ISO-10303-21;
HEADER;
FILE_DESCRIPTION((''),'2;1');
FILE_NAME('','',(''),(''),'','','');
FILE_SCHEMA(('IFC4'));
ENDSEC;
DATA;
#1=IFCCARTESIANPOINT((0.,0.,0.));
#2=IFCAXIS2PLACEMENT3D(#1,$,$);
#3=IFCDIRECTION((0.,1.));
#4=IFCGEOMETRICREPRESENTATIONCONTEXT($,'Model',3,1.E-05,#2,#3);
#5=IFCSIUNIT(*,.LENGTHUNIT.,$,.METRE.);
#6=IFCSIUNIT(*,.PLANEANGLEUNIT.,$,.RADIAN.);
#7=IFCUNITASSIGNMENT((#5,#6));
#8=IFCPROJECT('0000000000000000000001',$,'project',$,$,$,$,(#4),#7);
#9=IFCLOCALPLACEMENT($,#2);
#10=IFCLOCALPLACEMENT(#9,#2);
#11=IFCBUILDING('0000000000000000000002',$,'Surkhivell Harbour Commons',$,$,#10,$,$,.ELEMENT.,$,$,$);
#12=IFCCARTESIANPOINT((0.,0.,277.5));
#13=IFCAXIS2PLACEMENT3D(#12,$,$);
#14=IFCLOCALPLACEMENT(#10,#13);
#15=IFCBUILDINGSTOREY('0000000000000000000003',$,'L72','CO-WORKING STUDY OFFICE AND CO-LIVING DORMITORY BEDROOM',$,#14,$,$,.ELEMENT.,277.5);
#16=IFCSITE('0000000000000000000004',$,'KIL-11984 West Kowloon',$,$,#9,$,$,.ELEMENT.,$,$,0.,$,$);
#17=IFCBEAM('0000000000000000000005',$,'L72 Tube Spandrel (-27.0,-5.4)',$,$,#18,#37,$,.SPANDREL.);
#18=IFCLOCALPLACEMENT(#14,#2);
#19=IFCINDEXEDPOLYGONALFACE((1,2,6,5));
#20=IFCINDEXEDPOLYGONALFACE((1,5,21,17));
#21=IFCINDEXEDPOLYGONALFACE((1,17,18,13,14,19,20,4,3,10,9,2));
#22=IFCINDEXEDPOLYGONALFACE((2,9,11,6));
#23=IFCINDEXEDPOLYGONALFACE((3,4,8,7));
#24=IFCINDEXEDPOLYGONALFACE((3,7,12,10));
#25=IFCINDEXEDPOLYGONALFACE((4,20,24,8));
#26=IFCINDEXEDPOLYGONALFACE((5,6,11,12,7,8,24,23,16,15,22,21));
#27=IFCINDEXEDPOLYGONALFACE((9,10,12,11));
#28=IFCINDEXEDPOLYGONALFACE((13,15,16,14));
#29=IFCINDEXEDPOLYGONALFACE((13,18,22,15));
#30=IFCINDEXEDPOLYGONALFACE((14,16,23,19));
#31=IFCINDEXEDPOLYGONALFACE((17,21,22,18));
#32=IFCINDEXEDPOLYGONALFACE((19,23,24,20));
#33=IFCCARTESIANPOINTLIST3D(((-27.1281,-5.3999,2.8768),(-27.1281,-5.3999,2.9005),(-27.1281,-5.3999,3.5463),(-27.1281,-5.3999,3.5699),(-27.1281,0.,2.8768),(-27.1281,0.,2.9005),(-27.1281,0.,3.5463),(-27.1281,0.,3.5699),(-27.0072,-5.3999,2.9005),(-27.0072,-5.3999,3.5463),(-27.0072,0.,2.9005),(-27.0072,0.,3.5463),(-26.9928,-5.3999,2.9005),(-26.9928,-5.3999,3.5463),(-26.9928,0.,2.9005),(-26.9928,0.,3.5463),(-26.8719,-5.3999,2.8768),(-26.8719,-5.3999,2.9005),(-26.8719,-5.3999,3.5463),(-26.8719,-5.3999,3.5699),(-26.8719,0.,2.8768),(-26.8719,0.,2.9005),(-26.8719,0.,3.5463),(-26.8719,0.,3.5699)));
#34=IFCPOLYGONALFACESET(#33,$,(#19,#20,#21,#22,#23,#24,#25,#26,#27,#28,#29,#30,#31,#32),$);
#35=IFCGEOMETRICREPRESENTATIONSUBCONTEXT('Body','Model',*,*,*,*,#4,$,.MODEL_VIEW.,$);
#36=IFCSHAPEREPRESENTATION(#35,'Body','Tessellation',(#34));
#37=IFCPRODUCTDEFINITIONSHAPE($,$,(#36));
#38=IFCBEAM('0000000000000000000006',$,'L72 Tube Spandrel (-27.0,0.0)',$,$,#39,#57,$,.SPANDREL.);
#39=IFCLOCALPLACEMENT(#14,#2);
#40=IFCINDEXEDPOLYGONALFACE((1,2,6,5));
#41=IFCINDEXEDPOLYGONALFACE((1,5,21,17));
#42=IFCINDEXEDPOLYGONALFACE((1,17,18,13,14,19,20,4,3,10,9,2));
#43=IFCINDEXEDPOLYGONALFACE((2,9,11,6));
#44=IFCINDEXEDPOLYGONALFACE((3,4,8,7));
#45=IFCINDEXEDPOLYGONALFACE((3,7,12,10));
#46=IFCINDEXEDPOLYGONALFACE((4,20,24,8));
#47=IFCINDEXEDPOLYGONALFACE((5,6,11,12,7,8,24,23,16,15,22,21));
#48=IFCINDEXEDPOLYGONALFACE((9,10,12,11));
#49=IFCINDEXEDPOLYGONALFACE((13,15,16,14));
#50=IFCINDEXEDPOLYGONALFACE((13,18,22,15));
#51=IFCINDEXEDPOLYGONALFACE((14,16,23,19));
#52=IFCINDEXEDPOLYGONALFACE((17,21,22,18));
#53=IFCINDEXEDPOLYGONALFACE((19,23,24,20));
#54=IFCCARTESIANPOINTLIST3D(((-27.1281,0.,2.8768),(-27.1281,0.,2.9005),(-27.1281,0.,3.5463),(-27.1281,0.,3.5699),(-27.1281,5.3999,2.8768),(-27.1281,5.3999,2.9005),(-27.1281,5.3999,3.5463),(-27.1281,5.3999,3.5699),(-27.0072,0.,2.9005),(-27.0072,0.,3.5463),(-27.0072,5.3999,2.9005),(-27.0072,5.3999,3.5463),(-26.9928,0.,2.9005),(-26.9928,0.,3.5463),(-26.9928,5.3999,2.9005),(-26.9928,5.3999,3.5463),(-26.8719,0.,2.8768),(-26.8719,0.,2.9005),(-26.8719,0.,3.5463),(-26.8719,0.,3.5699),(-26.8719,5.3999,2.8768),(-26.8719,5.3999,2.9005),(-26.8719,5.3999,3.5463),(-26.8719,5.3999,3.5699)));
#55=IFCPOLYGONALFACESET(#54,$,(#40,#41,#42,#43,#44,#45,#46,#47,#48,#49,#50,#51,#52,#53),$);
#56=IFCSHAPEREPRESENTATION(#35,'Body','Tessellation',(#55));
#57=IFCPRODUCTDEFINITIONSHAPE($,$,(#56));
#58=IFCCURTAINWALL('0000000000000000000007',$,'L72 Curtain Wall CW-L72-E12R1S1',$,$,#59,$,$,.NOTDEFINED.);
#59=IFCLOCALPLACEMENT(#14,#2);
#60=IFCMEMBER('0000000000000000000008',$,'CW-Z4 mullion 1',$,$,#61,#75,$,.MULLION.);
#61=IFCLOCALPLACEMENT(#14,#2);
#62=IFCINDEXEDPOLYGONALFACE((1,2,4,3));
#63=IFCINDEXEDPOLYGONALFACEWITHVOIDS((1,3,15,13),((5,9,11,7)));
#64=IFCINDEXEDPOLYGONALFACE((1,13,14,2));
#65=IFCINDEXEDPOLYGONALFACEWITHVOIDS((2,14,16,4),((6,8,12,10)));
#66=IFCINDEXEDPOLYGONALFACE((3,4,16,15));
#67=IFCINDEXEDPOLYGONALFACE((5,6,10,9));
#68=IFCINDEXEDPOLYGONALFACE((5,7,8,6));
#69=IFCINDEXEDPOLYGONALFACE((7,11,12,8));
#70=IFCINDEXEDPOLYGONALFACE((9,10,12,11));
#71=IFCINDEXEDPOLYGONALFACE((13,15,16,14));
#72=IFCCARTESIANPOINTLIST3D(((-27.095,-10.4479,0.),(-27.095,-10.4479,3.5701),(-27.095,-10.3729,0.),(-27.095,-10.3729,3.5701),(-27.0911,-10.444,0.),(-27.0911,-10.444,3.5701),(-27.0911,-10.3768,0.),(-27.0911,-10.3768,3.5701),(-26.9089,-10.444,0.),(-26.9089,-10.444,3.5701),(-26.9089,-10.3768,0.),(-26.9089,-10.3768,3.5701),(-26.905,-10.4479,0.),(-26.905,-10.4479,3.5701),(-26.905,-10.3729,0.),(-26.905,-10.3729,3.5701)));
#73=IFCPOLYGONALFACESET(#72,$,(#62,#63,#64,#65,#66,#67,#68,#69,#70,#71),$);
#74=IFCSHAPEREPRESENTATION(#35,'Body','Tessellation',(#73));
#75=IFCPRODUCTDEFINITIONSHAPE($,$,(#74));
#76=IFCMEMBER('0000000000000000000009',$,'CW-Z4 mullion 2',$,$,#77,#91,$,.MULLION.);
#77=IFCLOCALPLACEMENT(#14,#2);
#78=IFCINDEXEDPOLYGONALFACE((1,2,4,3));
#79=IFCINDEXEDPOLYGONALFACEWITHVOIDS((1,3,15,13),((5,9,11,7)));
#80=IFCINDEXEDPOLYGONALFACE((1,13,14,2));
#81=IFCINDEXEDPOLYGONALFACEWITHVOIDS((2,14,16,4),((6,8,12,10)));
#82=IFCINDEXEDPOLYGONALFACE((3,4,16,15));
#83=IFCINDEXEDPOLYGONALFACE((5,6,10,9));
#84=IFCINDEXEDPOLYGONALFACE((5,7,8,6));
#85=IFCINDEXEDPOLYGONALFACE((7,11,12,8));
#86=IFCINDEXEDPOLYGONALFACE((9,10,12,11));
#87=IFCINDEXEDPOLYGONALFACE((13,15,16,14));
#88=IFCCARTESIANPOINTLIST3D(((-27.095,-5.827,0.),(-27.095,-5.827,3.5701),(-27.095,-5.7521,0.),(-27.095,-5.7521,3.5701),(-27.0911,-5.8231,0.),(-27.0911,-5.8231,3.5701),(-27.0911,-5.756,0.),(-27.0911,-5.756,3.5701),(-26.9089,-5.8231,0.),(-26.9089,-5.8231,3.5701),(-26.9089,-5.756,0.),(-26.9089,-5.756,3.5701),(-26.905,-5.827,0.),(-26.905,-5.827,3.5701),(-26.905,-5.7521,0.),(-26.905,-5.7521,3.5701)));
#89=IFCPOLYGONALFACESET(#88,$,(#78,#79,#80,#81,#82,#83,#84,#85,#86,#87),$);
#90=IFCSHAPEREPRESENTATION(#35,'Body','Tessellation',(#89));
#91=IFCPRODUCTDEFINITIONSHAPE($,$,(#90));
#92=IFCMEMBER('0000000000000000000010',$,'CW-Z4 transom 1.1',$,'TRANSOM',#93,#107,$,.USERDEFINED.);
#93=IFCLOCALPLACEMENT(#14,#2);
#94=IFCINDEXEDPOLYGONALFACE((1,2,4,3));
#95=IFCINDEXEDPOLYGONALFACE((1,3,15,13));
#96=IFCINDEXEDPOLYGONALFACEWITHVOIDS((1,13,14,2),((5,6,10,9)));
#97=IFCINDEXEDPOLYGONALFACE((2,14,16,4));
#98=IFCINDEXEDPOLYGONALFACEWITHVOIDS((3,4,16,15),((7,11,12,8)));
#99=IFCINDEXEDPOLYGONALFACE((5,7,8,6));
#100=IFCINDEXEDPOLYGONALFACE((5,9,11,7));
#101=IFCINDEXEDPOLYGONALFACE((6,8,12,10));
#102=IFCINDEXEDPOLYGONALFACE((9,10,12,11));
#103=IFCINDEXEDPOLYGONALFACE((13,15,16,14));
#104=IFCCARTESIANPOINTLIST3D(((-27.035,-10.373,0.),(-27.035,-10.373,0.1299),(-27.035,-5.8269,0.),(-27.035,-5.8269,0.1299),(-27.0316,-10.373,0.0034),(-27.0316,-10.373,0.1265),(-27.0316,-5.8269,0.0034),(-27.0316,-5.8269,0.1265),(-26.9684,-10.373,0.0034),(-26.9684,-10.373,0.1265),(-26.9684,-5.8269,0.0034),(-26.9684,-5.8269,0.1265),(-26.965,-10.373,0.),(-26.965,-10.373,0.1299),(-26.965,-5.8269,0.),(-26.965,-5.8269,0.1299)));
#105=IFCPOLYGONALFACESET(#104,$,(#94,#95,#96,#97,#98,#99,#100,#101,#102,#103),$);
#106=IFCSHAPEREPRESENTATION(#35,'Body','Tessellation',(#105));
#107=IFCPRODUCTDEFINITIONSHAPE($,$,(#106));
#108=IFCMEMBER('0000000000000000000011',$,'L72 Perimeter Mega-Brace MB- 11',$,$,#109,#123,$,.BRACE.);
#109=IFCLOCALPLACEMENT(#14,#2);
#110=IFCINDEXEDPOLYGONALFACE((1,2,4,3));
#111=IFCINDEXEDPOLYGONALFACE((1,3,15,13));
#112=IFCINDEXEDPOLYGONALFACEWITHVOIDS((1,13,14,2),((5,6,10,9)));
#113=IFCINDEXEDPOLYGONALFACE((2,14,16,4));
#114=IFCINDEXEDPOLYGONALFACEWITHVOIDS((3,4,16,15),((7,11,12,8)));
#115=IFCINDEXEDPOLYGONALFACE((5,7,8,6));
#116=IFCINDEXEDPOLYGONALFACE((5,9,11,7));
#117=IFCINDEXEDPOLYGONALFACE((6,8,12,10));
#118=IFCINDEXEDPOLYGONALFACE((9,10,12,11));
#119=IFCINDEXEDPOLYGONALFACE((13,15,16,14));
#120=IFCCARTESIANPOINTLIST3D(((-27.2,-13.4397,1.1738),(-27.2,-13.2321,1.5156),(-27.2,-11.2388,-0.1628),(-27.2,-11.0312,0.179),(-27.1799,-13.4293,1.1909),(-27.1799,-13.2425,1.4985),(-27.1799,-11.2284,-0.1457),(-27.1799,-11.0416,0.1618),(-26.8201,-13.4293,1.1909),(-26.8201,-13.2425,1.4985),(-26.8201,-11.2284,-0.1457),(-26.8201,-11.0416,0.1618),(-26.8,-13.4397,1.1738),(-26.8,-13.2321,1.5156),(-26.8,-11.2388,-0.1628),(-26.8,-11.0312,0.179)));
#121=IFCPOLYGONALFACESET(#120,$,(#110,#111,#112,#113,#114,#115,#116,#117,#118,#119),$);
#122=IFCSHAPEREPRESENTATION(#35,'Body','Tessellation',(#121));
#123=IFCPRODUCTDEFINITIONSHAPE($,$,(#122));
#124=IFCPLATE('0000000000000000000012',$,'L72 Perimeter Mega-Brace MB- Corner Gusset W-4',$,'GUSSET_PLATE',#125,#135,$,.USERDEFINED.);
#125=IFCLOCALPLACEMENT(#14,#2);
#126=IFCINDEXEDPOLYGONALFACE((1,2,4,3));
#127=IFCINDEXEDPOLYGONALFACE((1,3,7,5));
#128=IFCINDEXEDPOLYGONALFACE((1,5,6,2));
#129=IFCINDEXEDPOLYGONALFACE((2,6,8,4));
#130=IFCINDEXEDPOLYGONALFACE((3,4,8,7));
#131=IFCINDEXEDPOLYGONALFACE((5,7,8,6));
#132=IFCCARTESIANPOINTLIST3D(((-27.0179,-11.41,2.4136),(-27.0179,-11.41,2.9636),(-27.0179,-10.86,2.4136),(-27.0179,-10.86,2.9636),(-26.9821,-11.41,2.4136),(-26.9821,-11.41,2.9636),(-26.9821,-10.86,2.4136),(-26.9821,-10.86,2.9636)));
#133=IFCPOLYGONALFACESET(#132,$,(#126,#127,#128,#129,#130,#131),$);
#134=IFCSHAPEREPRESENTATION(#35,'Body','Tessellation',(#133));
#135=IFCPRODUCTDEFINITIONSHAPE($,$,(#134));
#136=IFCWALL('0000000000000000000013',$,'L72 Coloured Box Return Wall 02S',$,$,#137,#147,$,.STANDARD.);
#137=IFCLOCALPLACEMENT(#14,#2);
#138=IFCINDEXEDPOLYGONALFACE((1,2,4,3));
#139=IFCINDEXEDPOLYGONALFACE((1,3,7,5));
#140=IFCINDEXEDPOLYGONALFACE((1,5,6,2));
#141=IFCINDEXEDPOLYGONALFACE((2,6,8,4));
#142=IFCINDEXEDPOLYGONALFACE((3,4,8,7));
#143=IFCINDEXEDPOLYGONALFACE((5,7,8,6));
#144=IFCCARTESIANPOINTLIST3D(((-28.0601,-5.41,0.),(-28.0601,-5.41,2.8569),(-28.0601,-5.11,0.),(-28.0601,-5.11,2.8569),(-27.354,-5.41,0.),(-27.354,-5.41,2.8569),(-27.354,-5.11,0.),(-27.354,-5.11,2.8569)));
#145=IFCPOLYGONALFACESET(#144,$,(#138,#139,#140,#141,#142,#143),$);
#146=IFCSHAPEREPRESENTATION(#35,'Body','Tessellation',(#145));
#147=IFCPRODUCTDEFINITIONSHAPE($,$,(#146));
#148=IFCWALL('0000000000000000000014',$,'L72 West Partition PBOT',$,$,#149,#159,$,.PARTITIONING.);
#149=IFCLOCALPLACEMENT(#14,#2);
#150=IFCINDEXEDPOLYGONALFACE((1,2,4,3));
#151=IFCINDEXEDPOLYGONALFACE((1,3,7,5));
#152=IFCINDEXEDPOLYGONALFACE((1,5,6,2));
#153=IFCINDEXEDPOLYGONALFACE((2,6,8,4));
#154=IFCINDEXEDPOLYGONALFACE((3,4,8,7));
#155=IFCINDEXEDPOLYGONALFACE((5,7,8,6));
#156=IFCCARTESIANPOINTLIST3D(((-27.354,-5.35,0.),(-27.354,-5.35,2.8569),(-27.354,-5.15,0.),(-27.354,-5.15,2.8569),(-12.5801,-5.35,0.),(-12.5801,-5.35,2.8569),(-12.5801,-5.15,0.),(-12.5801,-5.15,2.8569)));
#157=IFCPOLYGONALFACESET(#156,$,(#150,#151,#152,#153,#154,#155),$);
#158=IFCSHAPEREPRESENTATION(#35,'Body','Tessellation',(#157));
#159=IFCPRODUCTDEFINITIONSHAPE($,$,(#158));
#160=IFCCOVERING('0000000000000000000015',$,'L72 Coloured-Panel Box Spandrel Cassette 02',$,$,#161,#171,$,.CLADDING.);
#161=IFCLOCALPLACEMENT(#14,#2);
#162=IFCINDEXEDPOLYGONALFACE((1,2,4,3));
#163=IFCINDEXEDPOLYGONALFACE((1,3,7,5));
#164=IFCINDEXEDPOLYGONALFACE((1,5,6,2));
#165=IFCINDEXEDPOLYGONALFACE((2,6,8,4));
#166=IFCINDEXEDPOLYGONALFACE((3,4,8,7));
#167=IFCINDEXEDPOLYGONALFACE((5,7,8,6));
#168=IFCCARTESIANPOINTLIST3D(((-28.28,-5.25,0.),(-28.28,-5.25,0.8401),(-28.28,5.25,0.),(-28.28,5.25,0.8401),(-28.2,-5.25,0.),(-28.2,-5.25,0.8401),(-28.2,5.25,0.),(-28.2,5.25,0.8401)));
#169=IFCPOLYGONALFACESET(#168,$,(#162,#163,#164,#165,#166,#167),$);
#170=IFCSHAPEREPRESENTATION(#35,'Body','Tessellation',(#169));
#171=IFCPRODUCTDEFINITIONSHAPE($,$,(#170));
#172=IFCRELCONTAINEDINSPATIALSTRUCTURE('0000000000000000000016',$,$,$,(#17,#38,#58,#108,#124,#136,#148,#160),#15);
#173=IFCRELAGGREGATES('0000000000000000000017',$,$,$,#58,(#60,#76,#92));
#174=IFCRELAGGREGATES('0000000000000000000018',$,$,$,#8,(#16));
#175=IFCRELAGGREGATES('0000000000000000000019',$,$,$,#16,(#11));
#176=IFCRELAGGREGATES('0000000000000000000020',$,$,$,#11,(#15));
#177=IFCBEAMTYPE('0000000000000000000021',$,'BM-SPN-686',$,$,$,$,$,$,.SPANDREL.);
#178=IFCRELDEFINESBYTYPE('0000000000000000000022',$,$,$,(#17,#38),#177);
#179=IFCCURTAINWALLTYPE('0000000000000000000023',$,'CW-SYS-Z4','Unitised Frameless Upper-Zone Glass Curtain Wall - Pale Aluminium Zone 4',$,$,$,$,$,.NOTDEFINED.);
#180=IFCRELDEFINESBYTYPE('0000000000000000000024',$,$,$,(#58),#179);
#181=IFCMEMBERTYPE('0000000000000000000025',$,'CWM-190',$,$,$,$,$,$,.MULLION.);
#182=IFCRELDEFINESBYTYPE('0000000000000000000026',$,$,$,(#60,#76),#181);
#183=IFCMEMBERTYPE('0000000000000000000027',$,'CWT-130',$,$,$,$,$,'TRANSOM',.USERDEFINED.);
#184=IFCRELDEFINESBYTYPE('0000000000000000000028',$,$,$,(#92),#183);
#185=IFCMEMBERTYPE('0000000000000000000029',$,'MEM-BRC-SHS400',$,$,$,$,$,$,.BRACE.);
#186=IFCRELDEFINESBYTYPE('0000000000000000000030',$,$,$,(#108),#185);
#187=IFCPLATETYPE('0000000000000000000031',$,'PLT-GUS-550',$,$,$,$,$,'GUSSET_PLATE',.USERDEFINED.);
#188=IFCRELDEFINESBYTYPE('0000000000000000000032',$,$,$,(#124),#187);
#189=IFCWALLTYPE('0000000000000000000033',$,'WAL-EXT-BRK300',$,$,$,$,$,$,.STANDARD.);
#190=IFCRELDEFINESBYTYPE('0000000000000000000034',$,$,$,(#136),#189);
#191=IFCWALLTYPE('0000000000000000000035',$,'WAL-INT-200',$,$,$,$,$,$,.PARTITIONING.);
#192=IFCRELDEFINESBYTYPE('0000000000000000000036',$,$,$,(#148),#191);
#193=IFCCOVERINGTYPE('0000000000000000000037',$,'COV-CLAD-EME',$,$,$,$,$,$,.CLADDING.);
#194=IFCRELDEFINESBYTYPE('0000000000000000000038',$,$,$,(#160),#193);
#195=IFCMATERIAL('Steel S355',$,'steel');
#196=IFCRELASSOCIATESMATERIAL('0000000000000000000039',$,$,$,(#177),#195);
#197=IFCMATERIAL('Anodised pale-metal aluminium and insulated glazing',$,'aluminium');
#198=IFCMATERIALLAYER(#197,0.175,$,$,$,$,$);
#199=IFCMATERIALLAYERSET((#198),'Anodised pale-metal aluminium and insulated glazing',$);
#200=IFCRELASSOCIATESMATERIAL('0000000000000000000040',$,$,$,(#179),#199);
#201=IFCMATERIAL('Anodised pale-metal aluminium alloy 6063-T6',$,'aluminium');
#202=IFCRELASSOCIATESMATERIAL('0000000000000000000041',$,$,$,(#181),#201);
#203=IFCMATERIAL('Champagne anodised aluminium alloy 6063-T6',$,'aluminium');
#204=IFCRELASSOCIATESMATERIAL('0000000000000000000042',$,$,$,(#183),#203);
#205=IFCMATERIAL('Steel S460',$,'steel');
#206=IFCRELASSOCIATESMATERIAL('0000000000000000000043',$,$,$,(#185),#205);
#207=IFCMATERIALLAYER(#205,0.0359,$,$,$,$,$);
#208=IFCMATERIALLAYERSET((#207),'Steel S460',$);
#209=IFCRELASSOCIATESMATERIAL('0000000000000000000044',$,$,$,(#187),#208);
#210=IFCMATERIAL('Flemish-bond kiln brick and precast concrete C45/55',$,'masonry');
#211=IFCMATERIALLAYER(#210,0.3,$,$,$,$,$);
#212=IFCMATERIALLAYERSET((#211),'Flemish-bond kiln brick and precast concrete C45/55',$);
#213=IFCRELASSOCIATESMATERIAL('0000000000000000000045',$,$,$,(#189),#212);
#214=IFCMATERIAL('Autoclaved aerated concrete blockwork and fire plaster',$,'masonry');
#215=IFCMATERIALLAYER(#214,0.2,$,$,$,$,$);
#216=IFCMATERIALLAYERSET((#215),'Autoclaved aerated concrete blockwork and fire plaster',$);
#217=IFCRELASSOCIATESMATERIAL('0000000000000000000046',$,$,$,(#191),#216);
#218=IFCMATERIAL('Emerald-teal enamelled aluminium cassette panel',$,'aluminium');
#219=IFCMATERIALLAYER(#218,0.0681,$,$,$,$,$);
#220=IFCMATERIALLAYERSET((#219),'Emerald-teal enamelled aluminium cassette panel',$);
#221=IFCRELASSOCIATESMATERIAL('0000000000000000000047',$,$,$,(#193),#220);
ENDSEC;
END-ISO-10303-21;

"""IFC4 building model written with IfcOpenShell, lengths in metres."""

from ifc_helpers import new_model, si_unit, direction, frame, frame_2d, origin, origin_2d, place, context, subcontext, project, spatial, rectangle, hollow_rectangle, i_section, extrude, material, layer, layer_set, material_profile, profile_set, type_object, element, aggregate, save


model = new_model("IFC4")

# Units and contexts
model_context = context("Model", 3, precision=1e-05, world=origin(), true_north=direction((0.0, 1.0)))
body_context = subcontext(model_context, "Body", "Model", "MODEL_VIEW")
ifc_project = project(units=[si_unit("LENGTHUNIT", "METRE"), si_unit("PLANEANGLEUNIT", "RADIAN")], contexts=[model_context])

# Site, building, storey
site_placement = place(None, origin())
site = spatial("IfcSite", under=ifc_project, at=site_placement, Name="KIL-11984 West Kowloon", CompositionType="ELEMENT", RefElevation=0.0)
building_placement = place(site_placement, origin())
building = spatial("IfcBuilding", under=site, at=building_placement, Name="Surkhivell Harbour Commons", CompositionType="ELEMENT")
storey_placement = place(building_placement, frame((0.0, 0.0, 277.5)))
storey = spatial("IfcBuildingStorey", under=building, at=storey_placement, Name="L72", Description="CO-WORKING STUDY OFFICE AND CO-LIVING DORMITORY BEDROOM", CompositionType="ELEMENT", Elevation=277.5)

# Beams
ifc_material_1 = material(Name="Steel S460", Category="steel")
ifc_material_2 = material(Name="Steel S355", Category="steel")
ifc_material_profile_1 = material_profile(ifc_material_2, i_section(OverallWidth=0.2561, OverallDepth=0.6931, WebThickness=0.0144, FlangeThickness=0.0237, at=origin_2d()), Name="UB686x254x170")
ifc_profile_set_1 = profile_set([ifc_material_profile_1], Name="Steel S355")
beam_type_1 = type_object("IfcBeamType", Name="BM-SPN-686", PredefinedType="SPANDREL", material=ifc_profile_set_1)
for number, where, z_axis, x_axis, name in (
    (1, (-27.0, -5.3999, 3.2234), (0.0, 1.0, 0.0), (-1.0, 0.0, 0.0), "L72 Tube Spandrel (-27.0,-5.4)"),
    (2, (-27.0, 0.0, 3.2234), (0.0, 1.0, 0.0), (-1.0, 0.0, 0.0), "L72 Tube Spandrel (-27.0,0.0)"),
):
    element("IfcBeam", number, at=place(storey_placement, frame(where, z_axis=z_axis, x_axis=x_axis)), inside=storey, type_object=beam_type_1, Name=name, PredefinedType="SPANDREL", context=body_context, shape_type="SweptSolid", body=[
        extrude(i_section(OverallWidth=0.2561, OverallDepth=0.6931, WebThickness=0.0144, FlangeThickness=0.0237, at=origin_2d()), origin(), (0.0, 0.0, 1.0), 5.3999),
    ])

# Curtain wall, members
ifc_material_3 = material(Name="Anodised pale-metal aluminium and insulated glazing", Category="aluminium")
ifc_layer_1 = layer(ifc_material_3, 0.175)
ifc_layer_set_1 = layer_set([ifc_layer_1], Name="Anodised pale-metal aluminium and insulated glazing")
curtain_wall_type = type_object("IfcCurtainWallType", Name="CW-SYS-Z4", Description="Unitised Frameless Upper-Zone Glass Curtain Wall - Pale Aluminium Zone 4", PredefinedType="NOTDEFINED", material=ifc_layer_set_1)
curtain_wall_placement = place(storey_placement, origin())
curtain_wall = element("IfcCurtainWall", 3, at=curtain_wall_placement, inside=storey, type_object=curtain_wall_type, Name="L72 Curtain Wall CW-L72-E12R1S1", PredefinedType="NOTDEFINED")
ifc_material_4 = material(Name="Anodised pale-metal aluminium alloy 6063-T6", Category="aluminium")
ifc_material_profile_2 = material_profile(ifc_material_4, hollow_rectangle(XDim=0.075, YDim=0.1899, WallThickness=0.0039, at=origin_2d()), Name="ALU-MULL-75x190")
ifc_profile_set_2 = profile_set([ifc_material_profile_2], Name="Anodised pale-metal aluminium alloy 6063-T6")
member_type_1 = type_object("IfcMemberType", Name="CWM-190", PredefinedType="MULLION", material=ifc_profile_set_2)
member_1_placement = place(storey_placement, frame((-27.0, -10.4104, 0.0), z_axis=(0.0, 0.0, 1.0), x_axis=(0.0, 1.0, 0.0)))
member_1 = element("IfcMember", 4, at=member_1_placement, type_object=member_type_1, Name="CW-Z4 mullion 1", PredefinedType="MULLION", context=body_context, shape_type="SweptSolid", body=[
    extrude(hollow_rectangle(XDim=0.075, YDim=0.1899, WallThickness=0.0039, at=origin_2d()), origin(), (0.0, 0.0, 1.0), 3.5701),
])
member_2_placement = place(storey_placement, frame((-27.0, -5.7896, 0.0), z_axis=(0.0, 0.0, 1.0), x_axis=(0.0, 1.0, 0.0)))
member_2 = element("IfcMember", 5, at=member_2_placement, type_object=member_type_1, Name="CW-Z4 mullion 2", PredefinedType="MULLION", context=body_context, shape_type="SweptSolid", body=[
    extrude(hollow_rectangle(XDim=0.075, YDim=0.1899, WallThickness=0.0039, at=origin_2d()), origin(), (0.0, 0.0, 1.0), 3.5701),
])
ifc_material_5 = material(Name="Champagne anodised aluminium alloy 6063-T6", Category="aluminium")
ifc_material_profile_3 = material_profile(ifc_material_5, hollow_rectangle(XDim=0.0701, YDim=0.1299, WallThickness=0.0034, at=origin_2d()), Name="ALU-TRAN-70x130")
ifc_profile_set_3 = profile_set([ifc_material_profile_3], Name="Champagne anodised aluminium alloy 6063-T6")
member_type_2 = type_object("IfcMemberType", Name="CWT-130", ElementType="TRANSOM", PredefinedType="USERDEFINED", material=ifc_profile_set_3)
member_3_placement = place(storey_placement, frame((-27.0, -10.373, 0.0649), z_axis=(0.0, 1.0, 0.0), x_axis=(-1.0, 0.0, 0.0)))
member_3 = element("IfcMember", 6, at=member_3_placement, type_object=member_type_2, Name="CW-Z4 transom 1.1", ObjectType="TRANSOM", PredefinedType="USERDEFINED", context=body_context, shape_type="SweptSolid", body=[
    extrude(hollow_rectangle(XDim=0.0701, YDim=0.1299, WallThickness=0.0034, at=origin_2d()), origin(), (0.0, 0.0, 1.0), 4.5461),
])

# Member
ifc_material_profile_4 = material_profile(ifc_material_1, hollow_rectangle(XDim=0.3999, YDim=0.3999, WallThickness=0.02, at=origin_2d()), Name="SHS400x400x20")
ifc_profile_set_4 = profile_set([ifc_material_profile_4], Name="Steel S460")
member_type_3 = type_object("IfcMemberType", Name="MEM-BRC-SHS400", PredefinedType="BRACE", material=ifc_profile_set_4)
member_4_placement = place(storey_placement, frame((-27.0, -11.135, 0.0081), z_axis=(0.0, -0.85472, 0.519089), x_axis=(1.0, 0.0, 0.0)))
element("IfcMember", 7, at=member_4_placement, inside=storey, type_object=member_type_3, Name="L72 Perimeter Mega-Brace MB- 11", PredefinedType="BRACE", context=body_context, shape_type="SweptSolid", body=[
    extrude(hollow_rectangle(XDim=0.3999, YDim=0.3999, WallThickness=0.02, at=origin_2d()), origin(), (0.0, 0.0, 1.0), 2.575),
])

# Plate
aggregate(curtain_wall, [member_1, member_2, member_3])
ifc_layer_2 = layer(ifc_material_1, 0.0359)
ifc_layer_set_2 = layer_set([ifc_layer_2], Name="Steel S460")
plate_type_1 = type_object("IfcPlateType", Name="PLT-GUS-550", ElementType="GUSSET_PLATE", PredefinedType="USERDEFINED", material=ifc_layer_set_2)
plate_1_placement = place(storey_placement, frame((-27.0, -11.135, 2.4136), z_axis=(0.0, 0.0, 1.0), x_axis=(0.0, 1.0, 0.0)))
element("IfcPlate", 8, at=plate_1_placement, inside=storey, type_object=plate_type_1, Name="L72 Perimeter Mega-Brace MB- Corner Gusset W-4", ObjectType="GUSSET_PLATE", PredefinedType="USERDEFINED", context=body_context, shape_type="SweptSolid", body=[
    extrude(rectangle(XDim=0.55, YDim=0.0359, at=origin_2d()), origin(), (0.0, 0.0, 1.0), 0.55),
])

# Walls
ifc_material_6 = material(Name="Flemish-bond kiln brick and precast concrete C45/55", Category="masonry")
ifc_layer_3 = layer(ifc_material_6, 0.3)
ifc_layer_set_3 = layer_set([ifc_layer_3], Name="Flemish-bond kiln brick and precast concrete C45/55")
wall_type_1 = type_object("IfcWallType", Name="WAL-EXT-BRK300", PredefinedType="STANDARD", material=ifc_layer_set_3)
wall_1_placement = place(storey_placement, frame((-28.0601, -5.26, 0.0), z_axis=(0.0, 0.0, 1.0), x_axis=(1.0, 0.0, 0.0)))
element("IfcWall", 9, at=wall_1_placement, inside=storey, type_object=wall_type_1, Name="L72 Coloured Box Return Wall 02S", PredefinedType="STANDARD", context=body_context, shape_type="SweptSolid", body=[
    extrude(rectangle(XDim=0.7061, YDim=0.3, at=frame_2d((0.353, 0.0))), origin(), (0.0, 0.0, 1.0), 2.8569),
])
ifc_material_7 = material(Name="Autoclaved aerated concrete blockwork and fire plaster", Category="masonry")
ifc_layer_4 = layer(ifc_material_7, 0.2)
ifc_layer_set_4 = layer_set([ifc_layer_4], Name="Autoclaved aerated concrete blockwork and fire plaster")
wall_type_2 = type_object("IfcWallType", Name="WAL-INT-200", PredefinedType="PARTITIONING", material=ifc_layer_set_4)
wall_2_placement = place(storey_placement, frame((-27.354, -5.25, 0.0), z_axis=(0.0, 0.0, 1.0), x_axis=(1.0, 0.0, 0.0)))
element("IfcWall", 10, at=wall_2_placement, inside=storey, type_object=wall_type_2, Name="L72 West Partition PBOT", PredefinedType="PARTITIONING", context=body_context, shape_type="SweptSolid", body=[
    extrude(rectangle(XDim=14.7739, YDim=0.2, at=frame_2d((7.387, 0.0))), origin(), (0.0, 0.0, 1.0), 2.8569),
])

# Covering
ifc_material_8 = material(Name="Emerald-teal enamelled aluminium cassette panel", Category="aluminium")
ifc_layer_5 = layer(ifc_material_8, 0.0681)
ifc_layer_set_5 = layer_set([ifc_layer_5], Name="Emerald-teal enamelled aluminium cassette panel")
covering_type = type_object("IfcCoveringType", Name="COV-CLAD-EME", PredefinedType="CLADDING", material=ifc_layer_set_5)
covering_placement = place(storey_placement, frame((-28.24, 0.0, 0.0), z_axis=(0.0, 0.0, 1.0), x_axis=(1.0, 0.0, 0.0)))
element("IfcCovering", 11, at=covering_placement, inside=storey, type_object=covering_type, Name="L72 Coloured-Panel Box Spandrel Cassette 02", PredefinedType="CLADDING", context=body_context, shape_type="SweptSolid", body=[
    extrude(rectangle(XDim=0.0801, YDim=10.5, at=origin_2d()), origin(), (0.0, 0.0, 1.0), 0.8401),
])

save(model, "model.ifc")
